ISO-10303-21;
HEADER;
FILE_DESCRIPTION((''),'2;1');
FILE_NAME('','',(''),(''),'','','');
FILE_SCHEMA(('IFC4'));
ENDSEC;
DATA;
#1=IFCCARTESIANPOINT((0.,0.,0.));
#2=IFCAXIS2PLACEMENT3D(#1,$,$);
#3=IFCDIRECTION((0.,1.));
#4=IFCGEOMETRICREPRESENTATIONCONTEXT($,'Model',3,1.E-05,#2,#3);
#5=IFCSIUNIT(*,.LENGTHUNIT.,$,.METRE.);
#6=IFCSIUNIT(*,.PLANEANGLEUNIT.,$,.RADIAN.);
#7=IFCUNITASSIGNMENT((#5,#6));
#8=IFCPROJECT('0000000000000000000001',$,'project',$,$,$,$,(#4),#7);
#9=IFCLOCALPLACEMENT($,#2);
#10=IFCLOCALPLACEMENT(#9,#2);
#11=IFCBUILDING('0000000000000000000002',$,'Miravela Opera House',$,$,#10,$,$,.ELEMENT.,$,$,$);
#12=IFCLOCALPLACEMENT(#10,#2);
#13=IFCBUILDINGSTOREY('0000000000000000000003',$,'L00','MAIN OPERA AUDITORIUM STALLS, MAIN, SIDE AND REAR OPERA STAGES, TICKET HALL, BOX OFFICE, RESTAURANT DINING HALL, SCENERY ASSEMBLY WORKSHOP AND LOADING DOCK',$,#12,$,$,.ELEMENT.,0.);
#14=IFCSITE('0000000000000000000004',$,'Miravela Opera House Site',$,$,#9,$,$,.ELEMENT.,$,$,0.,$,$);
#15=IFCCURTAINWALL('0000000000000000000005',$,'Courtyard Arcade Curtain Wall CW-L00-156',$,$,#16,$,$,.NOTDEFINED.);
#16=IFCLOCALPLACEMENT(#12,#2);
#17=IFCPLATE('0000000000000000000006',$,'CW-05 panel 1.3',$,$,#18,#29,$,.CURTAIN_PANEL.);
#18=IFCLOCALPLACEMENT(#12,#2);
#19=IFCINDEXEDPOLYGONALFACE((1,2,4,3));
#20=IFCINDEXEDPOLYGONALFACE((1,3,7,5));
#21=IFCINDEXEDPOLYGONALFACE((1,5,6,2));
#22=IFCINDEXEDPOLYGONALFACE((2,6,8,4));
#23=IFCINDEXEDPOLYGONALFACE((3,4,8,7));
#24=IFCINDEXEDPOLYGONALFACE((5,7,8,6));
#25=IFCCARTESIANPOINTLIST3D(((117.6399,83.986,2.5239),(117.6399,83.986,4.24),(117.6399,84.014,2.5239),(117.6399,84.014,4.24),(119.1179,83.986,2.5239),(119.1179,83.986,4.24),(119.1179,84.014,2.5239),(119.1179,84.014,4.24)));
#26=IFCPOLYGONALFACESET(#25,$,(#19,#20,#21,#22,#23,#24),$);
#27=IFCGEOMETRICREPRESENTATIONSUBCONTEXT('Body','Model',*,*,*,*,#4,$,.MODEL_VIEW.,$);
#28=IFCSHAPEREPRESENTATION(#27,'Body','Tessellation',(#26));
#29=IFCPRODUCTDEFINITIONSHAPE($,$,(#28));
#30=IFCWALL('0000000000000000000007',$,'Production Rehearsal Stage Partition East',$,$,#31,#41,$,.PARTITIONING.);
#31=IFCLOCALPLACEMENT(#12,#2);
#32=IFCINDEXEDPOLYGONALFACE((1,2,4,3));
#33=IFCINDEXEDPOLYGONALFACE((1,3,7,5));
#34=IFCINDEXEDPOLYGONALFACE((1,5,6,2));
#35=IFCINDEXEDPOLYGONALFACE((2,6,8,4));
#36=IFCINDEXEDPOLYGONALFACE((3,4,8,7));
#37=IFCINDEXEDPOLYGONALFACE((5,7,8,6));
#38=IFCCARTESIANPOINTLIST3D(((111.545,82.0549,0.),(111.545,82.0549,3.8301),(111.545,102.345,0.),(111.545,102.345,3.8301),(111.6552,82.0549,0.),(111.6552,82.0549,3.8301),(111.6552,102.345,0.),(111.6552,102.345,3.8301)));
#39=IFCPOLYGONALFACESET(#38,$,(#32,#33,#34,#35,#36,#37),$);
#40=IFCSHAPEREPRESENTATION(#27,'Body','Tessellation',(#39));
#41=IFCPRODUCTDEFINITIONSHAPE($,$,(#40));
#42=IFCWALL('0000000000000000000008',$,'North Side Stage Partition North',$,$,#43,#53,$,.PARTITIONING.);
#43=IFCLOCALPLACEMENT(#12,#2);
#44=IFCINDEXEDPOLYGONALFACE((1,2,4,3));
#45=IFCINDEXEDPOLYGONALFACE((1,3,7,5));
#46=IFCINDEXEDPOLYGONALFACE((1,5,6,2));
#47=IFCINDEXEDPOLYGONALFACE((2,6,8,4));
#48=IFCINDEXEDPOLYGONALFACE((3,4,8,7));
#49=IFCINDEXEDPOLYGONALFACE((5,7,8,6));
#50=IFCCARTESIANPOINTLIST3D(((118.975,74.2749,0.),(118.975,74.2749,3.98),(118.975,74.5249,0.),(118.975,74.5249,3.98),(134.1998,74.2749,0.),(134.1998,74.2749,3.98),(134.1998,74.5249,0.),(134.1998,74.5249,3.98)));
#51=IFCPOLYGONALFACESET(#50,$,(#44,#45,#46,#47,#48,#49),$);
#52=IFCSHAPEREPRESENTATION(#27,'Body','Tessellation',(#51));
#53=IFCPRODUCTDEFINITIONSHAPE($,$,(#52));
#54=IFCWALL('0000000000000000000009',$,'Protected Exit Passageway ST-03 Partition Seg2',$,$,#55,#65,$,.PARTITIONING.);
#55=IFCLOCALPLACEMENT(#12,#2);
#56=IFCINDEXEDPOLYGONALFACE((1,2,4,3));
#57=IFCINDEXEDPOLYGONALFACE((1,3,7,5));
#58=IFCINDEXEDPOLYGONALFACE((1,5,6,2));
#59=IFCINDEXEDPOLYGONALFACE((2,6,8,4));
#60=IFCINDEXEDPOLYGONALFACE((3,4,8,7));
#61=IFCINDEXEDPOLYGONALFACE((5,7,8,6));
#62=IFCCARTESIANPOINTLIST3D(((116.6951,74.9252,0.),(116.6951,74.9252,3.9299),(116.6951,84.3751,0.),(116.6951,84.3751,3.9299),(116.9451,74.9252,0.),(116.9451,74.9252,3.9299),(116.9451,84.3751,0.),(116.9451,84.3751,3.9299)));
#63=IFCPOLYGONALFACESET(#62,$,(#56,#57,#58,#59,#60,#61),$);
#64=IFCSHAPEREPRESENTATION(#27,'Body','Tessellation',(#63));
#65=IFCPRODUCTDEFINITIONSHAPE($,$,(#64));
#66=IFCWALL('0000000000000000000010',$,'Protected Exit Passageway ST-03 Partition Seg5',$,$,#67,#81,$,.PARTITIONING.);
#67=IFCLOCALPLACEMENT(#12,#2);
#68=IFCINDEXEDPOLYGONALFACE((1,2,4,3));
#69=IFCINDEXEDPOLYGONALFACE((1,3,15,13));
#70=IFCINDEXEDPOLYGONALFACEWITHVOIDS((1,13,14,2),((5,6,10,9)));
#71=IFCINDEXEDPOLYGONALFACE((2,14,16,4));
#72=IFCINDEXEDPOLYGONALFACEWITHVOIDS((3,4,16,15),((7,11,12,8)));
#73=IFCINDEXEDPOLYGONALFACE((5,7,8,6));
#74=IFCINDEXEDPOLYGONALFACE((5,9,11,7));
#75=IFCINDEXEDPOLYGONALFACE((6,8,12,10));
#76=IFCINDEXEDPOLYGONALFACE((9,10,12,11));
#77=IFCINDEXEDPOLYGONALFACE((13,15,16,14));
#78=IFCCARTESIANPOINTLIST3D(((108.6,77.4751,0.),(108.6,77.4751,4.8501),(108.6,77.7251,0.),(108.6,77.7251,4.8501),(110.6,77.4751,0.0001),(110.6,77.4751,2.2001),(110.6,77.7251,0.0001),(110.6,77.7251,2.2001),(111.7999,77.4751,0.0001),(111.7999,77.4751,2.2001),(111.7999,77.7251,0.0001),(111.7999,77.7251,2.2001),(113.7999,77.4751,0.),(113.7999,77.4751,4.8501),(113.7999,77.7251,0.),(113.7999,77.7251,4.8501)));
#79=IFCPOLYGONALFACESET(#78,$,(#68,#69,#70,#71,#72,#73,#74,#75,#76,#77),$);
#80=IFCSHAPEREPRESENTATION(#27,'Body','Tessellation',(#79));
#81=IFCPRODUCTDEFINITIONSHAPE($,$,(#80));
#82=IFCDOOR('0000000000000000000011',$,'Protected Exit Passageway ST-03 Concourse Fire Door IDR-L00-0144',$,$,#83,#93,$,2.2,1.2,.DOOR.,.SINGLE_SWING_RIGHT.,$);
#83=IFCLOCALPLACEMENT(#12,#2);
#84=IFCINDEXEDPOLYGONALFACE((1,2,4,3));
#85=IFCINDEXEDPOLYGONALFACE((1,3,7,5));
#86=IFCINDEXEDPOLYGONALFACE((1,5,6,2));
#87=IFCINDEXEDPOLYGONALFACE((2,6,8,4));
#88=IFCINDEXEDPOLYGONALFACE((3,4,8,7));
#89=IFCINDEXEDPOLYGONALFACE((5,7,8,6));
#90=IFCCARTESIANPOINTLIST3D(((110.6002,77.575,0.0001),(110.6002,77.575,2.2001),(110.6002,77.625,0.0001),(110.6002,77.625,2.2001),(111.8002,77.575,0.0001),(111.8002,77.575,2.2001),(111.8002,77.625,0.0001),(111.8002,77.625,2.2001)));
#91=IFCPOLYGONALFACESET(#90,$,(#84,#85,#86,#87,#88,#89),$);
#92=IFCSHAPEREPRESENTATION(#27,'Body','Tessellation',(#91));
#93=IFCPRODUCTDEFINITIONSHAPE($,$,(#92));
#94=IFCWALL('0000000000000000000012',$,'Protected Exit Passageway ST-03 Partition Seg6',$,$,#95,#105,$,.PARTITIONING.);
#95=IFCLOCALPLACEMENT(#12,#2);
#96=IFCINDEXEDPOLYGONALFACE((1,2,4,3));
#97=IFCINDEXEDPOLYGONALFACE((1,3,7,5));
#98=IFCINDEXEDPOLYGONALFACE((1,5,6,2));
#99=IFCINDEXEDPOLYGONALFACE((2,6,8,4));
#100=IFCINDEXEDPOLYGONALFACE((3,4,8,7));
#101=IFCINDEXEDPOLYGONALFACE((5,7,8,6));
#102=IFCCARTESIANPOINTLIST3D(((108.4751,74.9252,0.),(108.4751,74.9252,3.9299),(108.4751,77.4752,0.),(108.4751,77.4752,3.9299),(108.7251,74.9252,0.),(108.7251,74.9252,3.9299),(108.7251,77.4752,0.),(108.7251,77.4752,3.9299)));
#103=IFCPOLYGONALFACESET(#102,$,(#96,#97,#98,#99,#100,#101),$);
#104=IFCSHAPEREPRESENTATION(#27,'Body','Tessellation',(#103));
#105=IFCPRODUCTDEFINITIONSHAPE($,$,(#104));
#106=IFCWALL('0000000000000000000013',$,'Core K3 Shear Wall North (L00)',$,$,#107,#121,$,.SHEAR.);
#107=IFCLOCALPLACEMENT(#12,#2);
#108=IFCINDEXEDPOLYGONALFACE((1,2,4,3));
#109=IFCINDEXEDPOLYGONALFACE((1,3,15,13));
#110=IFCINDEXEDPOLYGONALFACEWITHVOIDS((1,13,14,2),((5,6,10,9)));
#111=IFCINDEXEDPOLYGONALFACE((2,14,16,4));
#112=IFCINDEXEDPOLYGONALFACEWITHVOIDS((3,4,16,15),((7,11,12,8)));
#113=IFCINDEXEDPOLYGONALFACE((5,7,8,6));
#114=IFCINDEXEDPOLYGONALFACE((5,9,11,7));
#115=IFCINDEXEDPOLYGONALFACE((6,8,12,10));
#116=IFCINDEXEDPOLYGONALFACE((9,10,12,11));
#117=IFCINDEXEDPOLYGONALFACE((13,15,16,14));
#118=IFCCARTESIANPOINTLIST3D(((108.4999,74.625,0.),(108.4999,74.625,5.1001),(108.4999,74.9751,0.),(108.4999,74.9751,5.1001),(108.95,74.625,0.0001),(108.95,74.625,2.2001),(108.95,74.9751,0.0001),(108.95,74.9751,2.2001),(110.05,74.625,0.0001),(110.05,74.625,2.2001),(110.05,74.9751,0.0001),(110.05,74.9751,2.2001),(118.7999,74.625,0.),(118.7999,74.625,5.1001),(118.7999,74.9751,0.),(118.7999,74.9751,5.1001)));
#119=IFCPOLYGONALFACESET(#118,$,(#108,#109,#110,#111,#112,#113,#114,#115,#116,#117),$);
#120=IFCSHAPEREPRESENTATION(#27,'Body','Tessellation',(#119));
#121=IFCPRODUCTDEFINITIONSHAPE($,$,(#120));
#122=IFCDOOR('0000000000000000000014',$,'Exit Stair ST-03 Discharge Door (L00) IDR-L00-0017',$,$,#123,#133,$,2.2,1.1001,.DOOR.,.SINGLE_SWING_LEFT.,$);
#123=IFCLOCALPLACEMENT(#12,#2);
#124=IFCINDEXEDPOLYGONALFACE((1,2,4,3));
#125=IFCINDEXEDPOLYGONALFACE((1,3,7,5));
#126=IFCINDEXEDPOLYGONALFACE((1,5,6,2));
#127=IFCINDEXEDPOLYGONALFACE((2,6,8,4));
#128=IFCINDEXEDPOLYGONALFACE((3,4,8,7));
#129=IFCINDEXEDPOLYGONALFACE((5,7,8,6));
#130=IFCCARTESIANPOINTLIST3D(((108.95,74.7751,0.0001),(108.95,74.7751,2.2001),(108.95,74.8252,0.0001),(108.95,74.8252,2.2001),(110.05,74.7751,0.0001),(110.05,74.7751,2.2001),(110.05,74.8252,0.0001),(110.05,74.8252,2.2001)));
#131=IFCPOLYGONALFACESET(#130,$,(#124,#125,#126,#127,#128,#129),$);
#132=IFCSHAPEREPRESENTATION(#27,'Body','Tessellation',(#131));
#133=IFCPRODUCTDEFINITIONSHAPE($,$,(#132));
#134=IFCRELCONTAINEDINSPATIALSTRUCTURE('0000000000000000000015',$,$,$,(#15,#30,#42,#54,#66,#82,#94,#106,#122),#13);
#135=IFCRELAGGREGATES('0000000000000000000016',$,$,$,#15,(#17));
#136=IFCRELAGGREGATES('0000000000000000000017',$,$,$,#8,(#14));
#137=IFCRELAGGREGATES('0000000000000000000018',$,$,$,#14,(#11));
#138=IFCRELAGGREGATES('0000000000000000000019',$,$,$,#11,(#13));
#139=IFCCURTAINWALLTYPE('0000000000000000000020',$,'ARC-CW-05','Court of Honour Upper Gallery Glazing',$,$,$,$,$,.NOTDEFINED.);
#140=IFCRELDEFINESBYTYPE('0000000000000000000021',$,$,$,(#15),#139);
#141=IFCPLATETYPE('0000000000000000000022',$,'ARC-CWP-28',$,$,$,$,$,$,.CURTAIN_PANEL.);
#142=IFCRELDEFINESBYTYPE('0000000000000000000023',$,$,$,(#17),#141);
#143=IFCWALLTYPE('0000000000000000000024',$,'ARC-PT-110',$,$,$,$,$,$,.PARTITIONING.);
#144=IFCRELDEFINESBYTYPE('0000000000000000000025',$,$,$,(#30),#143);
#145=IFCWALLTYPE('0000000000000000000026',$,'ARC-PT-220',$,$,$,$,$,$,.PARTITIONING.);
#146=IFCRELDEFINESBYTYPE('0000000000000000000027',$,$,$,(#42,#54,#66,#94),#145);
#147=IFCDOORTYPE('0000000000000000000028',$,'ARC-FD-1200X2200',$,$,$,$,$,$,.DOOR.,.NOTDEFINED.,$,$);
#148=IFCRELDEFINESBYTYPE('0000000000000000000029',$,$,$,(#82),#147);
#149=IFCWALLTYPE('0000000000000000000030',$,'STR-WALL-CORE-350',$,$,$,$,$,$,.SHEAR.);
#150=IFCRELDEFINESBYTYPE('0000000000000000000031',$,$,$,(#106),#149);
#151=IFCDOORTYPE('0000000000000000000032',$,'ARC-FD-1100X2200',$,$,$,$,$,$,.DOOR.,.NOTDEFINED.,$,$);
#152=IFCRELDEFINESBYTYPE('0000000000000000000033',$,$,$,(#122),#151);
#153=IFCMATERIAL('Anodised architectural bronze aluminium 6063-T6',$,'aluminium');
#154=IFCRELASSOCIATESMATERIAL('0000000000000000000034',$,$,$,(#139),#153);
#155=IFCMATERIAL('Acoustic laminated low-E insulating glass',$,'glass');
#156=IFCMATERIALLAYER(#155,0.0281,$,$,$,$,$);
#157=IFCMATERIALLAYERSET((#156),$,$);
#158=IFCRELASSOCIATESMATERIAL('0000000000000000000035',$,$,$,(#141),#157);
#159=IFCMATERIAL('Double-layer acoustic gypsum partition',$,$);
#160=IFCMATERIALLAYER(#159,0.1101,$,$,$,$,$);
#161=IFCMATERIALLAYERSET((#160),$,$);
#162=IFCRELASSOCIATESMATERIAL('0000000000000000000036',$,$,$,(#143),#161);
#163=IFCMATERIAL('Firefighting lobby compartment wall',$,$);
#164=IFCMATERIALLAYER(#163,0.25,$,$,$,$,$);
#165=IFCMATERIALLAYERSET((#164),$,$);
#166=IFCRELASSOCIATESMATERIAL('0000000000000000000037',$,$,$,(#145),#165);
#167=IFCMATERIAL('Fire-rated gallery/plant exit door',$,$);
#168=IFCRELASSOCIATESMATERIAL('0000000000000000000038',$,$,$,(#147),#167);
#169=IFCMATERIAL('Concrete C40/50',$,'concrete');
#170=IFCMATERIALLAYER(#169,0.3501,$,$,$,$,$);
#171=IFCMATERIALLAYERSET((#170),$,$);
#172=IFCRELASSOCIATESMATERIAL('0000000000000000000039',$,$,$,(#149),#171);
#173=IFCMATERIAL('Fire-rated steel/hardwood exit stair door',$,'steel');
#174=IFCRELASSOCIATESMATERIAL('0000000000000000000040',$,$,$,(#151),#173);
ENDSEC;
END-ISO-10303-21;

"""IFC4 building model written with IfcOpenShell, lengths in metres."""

from ifc_helpers import new_model, si_unit, direction, frame, frame_2d, origin, origin_2d, place, context, subcontext, project, spatial, rectangle, extrude, material, layer, layer_set, type_object, element, fill, aggregate, save


model = new_model("IFC4")

# Units and contexts
model_context = context("Model", 3, precision=1e-05, world=origin(), true_north=direction((0.0, 1.0)))
body_context = subcontext(model_context, "Body", "Model", "MODEL_VIEW")
ifc_project = project(units=[si_unit("LENGTHUNIT", "METRE"), si_unit("PLANEANGLEUNIT", "RADIAN")], contexts=[model_context])

# Site, building, storey
site_placement = place(None, origin())
site = spatial("IfcSite", under=ifc_project, at=site_placement, Name="Miravela Opera House Site", CompositionType="ELEMENT", RefElevation=0.0)
building_placement = place(site_placement, origin())
building = spatial("IfcBuilding", under=site, at=building_placement, Name="Miravela Opera House", CompositionType="ELEMENT")
storey_placement = place(building_placement, origin())
storey = spatial("IfcBuildingStorey", under=building, at=storey_placement, Name="L00", Description="MAIN OPERA AUDITORIUM STALLS, MAIN, SIDE AND REAR OPERA STAGES, TICKET HALL, BOX OFFICE, RESTAURANT DINING HALL, SCENERY ASSEMBLY WORKSHOP AND LOADING DOCK", CompositionType="ELEMENT", Elevation=0.0)

# Shared definitions
ifc_material_1 = material(Name="Concrete C40/50", Category="concrete")

# Curtain wall
ifc_material_2 = material(Name="Anodised architectural bronze aluminium 6063-T6", Category="aluminium")
curtain_wall_type = type_object("IfcCurtainWallType", Name="ARC-CW-05", Description="Court of Honour Upper Gallery Glazing", PredefinedType="NOTDEFINED", material=ifc_material_2)
curtain_wall_placement = place(storey_placement, origin())
curtain_wall = element("IfcCurtainWall", 1, at=curtain_wall_placement, inside=storey, type_object=curtain_wall_type, Name="Courtyard Arcade Curtain Wall CW-L00-156", PredefinedType="NOTDEFINED")

# Plate
ifc_material_3 = material(Name="Acoustic laminated low-E insulating glass", Category="glass")
ifc_layer_1 = layer(ifc_material_3, 0.0281)
ifc_layer_set_1 = layer_set([ifc_layer_1])
plate_type = type_object("IfcPlateType", Name="ARC-CWP-28", PredefinedType="CURTAIN_PANEL", material=ifc_layer_set_1)
plate_1_placement = place(storey_placement, frame((118.3789, 84.0, 2.5239), z_axis=(0.0, 0.0, 1.0), x_axis=(1.0, 0.0, 0.0)))
plate_1 = element("IfcPlate", 2, at=plate_1_placement, type_object=plate_type, Name="CW-05 panel 1.3", PredefinedType="CURTAIN_PANEL", context=body_context, shape_type="SweptSolid", body=[
    extrude(rectangle(XDim=1.478, YDim=0.0281, at=origin_2d()), origin(), (0.0, 0.0, 1.0), 1.7161),
])
aggregate(curtain_wall, [plate_1])

# Walls
ifc_material_4 = material(Name="Double-layer acoustic gypsum partition")
ifc_layer_2 = layer(ifc_material_4, 0.1101)
ifc_layer_set_2 = layer_set([ifc_layer_2])
wall_type_1 = type_object("IfcWallType", Name="ARC-PT-110", PredefinedType="PARTITIONING", material=ifc_layer_set_2)
wall_1_placement = place(storey_placement, frame((111.6001, 82.0549, 0.0), z_axis=(0.0, 0.0, 1.0), x_axis=(0.0, 1.0, 0.0)))
element("IfcWall", 3, at=wall_1_placement, inside=storey, type_object=wall_type_1, Name="Production Rehearsal Stage Partition East", PredefinedType="PARTITIONING", context=body_context, shape_type="SweptSolid", body=[
    extrude(rectangle(XDim=20.29, YDim=0.1101, at=frame_2d((10.145, 0.0))), origin(), (0.0, 0.0, 1.0), 3.8301),
])
ifc_material_5 = material(Name="Firefighting lobby compartment wall")
ifc_layer_3 = layer(ifc_material_5, 0.25)
ifc_layer_set_3 = layer_set([ifc_layer_3])
wall_type_2 = type_object("IfcWallType", Name="ARC-PT-220", PredefinedType="PARTITIONING", material=ifc_layer_set_3)
wall_2_placement = place(storey_placement, frame((118.9751, 74.3999, 0.0), z_axis=(0.0, 0.0, 1.0), x_axis=(1.0, 0.0, 0.0)))
element("IfcWall", 4, at=wall_2_placement, inside=storey, type_object=wall_type_2, Name="North Side Stage Partition North", PredefinedType="PARTITIONING", context=body_context, shape_type="SweptSolid", body=[
    extrude(rectangle(XDim=15.2249, YDim=0.25, at=frame_2d((7.6123, 0.0))), origin(), (0.0, 0.0, 1.0), 3.98),
])
wall_3_placement = place(storey_placement, frame((116.8201, 74.925, 0.0), z_axis=(0.0, 0.0, 1.0), x_axis=(0.0, 1.0, 0.0)))
element("IfcWall", 5, at=wall_3_placement, inside=storey, type_object=wall_type_2, Name="Protected Exit Passageway ST-03 Partition Seg2", PredefinedType="PARTITIONING", context=body_context, shape_type="SweptSolid", body=[
    extrude(rectangle(XDim=9.45, YDim=0.25, at=frame_2d((4.7251, 0.0))), origin(), (0.0, 0.0, 1.0), 3.9299),
])

# Wall, opening, door
wall_4_placement = place(storey_placement, frame((113.8, 77.6001, 0.0), z_axis=(0.0, 0.0, 1.0), x_axis=(-1.0, 0.0, 0.0)))
wall_4 = element("IfcWall", 6, at=wall_4_placement, inside=storey, type_object=wall_type_2, Name="Protected Exit Passageway ST-03 Partition Seg5", PredefinedType="PARTITIONING", context=body_context, shape_type="SweptSolid", body=[
    extrude(rectangle(XDim=5.2, YDim=0.25, at=frame_2d((2.6001, 0.0))), origin(), (0.0, 0.0, 1.0), 4.8501),
])
opening_1_placement = place(wall_4_placement, frame((2.0, 0.0, 0.0)))
opening_1 = element("IfcOpeningElement", 7, at=opening_1_placement, cuts=wall_4, PredefinedType="OPENING", context=body_context, shape_type="SweptSolid", body=[
    extrude(rectangle(XDim=1.2, YDim=2.2, at=frame_2d((0.6001, 1.1001))), frame((0.0, 0.135, 0.0), z_axis=(0.0, -1.0, 0.0), x_axis=(1.0, 0.0, 0.0)), (0.0, 0.0, 1.0), 0.27),
])
ifc_material_6 = material(Name="Fire-rated gallery/plant exit door")
door_type_1 = type_object("IfcDoorType", Name="ARC-FD-1200X2200", OperationType="NOTDEFINED", PredefinedType="DOOR", material=ifc_material_6)
door_1_placement = place(opening_1_placement, frame((1.2, 0.0, 0.0), z_axis=(0.0, 0.0, 1.0), x_axis=(-1.0, 0.0, 0.0)))
door_1 = element("IfcDoor", 8, at=door_1_placement, inside=storey, type_object=door_type_1, Name="Protected Exit Passageway ST-03 Concourse Fire Door IDR-L00-0144", OperationType="SINGLE_SWING_RIGHT", OverallHeight=2.2, OverallWidth=1.2, PredefinedType="DOOR", context=body_context, shape_type="SweptSolid", body=[
    extrude(rectangle(XDim=1.2, YDim=2.2, at=frame_2d((0.6001, 1.1001))), frame((0.0, 0.0249, 0.0), z_axis=(0.0, -1.0, 0.0), x_axis=(1.0, 0.0, 0.0)), (0.0, 0.0, 1.0), 0.05),
])
fill(opening_1, door_1)

# Wall
wall_5_placement = place(storey_placement, frame((108.6001, 77.4751, 0.0), z_axis=(0.0, 0.0, 1.0), x_axis=(0.0, -1.0, 0.0)))
element("IfcWall", 9, at=wall_5_placement, inside=storey, type_object=wall_type_2, Name="Protected Exit Passageway ST-03 Partition Seg6", PredefinedType="PARTITIONING", context=body_context, shape_type="SweptSolid", body=[
    extrude(rectangle(XDim=2.55, YDim=0.25, at=frame_2d((1.2749, 0.0))), origin(), (0.0, 0.0, 1.0), 3.9299),
])

# Wall, opening, door
ifc_layer_4 = layer(ifc_material_1, 0.3501)
ifc_layer_set_4 = layer_set([ifc_layer_4])
wall_type_3 = type_object("IfcWallType", Name="STR-WALL-CORE-350", PredefinedType="SHEAR", material=ifc_layer_set_4)
wall_6_placement = place(storey_placement, frame((108.5, 74.8, 0.0), z_axis=(0.0, 0.0, 1.0), x_axis=(1.0, 0.0, 0.0)))
wall_6 = element("IfcWall", 10, at=wall_6_placement, inside=storey, type_object=wall_type_3, Name="Core K3 Shear Wall North (L00)", PredefinedType="SHEAR", context=body_context, shape_type="SweptSolid", body=[
    extrude(rectangle(XDim=10.3, YDim=0.3501, at=frame_2d((5.1499, 0.0))), origin(), (0.0, 0.0, 1.0), 5.1001),
])
opening_2_placement = place(wall_6_placement, frame((0.45, 0.0, 0.0)))
opening_2 = element("IfcOpeningElement", 11, at=opening_2_placement, cuts=wall_6, PredefinedType="OPENING", context=body_context, shape_type="SweptSolid", body=[
    extrude(rectangle(XDim=1.1001, YDim=2.2, at=frame_2d((0.55, 1.1001))), frame((0.0, 0.1851, 0.0), z_axis=(0.0, -1.0, 0.0), x_axis=(1.0, 0.0, 0.0)), (0.0, 0.0, 1.0), 0.3701),
])
ifc_material_7 = material(Name="Fire-rated steel/hardwood exit stair door", Category="steel")
door_type_2 = type_object("IfcDoorType", Name="ARC-FD-1100X2200", OperationType="NOTDEFINED", PredefinedType="DOOR", material=ifc_material_7)
door_2_placement = place(opening_2_placement, frame((1.1001, 0.0, 0.0), z_axis=(0.0, 0.0, 1.0), x_axis=(-1.0, 0.0, 0.0)))
door_2 = element("IfcDoor", 12, at=door_2_placement, inside=storey, type_object=door_type_2, Name="Exit Stair ST-03 Discharge Door (L00) IDR-L00-0017", OperationType="SINGLE_SWING_LEFT", OverallHeight=2.2, OverallWidth=1.1001, PredefinedType="DOOR", context=body_context, shape_type="SweptSolid", body=[
    extrude(rectangle(XDim=1.1001, YDim=2.2, at=frame_2d((0.55, 1.1001))), frame((0.0, 0.0249, 0.0), z_axis=(0.0, -1.0, 0.0), x_axis=(1.0, 0.0, 0.0)), (0.0, 0.0, 1.0), 0.05),
])
fill(opening_2, door_2)

save(model, "model.ifc")
